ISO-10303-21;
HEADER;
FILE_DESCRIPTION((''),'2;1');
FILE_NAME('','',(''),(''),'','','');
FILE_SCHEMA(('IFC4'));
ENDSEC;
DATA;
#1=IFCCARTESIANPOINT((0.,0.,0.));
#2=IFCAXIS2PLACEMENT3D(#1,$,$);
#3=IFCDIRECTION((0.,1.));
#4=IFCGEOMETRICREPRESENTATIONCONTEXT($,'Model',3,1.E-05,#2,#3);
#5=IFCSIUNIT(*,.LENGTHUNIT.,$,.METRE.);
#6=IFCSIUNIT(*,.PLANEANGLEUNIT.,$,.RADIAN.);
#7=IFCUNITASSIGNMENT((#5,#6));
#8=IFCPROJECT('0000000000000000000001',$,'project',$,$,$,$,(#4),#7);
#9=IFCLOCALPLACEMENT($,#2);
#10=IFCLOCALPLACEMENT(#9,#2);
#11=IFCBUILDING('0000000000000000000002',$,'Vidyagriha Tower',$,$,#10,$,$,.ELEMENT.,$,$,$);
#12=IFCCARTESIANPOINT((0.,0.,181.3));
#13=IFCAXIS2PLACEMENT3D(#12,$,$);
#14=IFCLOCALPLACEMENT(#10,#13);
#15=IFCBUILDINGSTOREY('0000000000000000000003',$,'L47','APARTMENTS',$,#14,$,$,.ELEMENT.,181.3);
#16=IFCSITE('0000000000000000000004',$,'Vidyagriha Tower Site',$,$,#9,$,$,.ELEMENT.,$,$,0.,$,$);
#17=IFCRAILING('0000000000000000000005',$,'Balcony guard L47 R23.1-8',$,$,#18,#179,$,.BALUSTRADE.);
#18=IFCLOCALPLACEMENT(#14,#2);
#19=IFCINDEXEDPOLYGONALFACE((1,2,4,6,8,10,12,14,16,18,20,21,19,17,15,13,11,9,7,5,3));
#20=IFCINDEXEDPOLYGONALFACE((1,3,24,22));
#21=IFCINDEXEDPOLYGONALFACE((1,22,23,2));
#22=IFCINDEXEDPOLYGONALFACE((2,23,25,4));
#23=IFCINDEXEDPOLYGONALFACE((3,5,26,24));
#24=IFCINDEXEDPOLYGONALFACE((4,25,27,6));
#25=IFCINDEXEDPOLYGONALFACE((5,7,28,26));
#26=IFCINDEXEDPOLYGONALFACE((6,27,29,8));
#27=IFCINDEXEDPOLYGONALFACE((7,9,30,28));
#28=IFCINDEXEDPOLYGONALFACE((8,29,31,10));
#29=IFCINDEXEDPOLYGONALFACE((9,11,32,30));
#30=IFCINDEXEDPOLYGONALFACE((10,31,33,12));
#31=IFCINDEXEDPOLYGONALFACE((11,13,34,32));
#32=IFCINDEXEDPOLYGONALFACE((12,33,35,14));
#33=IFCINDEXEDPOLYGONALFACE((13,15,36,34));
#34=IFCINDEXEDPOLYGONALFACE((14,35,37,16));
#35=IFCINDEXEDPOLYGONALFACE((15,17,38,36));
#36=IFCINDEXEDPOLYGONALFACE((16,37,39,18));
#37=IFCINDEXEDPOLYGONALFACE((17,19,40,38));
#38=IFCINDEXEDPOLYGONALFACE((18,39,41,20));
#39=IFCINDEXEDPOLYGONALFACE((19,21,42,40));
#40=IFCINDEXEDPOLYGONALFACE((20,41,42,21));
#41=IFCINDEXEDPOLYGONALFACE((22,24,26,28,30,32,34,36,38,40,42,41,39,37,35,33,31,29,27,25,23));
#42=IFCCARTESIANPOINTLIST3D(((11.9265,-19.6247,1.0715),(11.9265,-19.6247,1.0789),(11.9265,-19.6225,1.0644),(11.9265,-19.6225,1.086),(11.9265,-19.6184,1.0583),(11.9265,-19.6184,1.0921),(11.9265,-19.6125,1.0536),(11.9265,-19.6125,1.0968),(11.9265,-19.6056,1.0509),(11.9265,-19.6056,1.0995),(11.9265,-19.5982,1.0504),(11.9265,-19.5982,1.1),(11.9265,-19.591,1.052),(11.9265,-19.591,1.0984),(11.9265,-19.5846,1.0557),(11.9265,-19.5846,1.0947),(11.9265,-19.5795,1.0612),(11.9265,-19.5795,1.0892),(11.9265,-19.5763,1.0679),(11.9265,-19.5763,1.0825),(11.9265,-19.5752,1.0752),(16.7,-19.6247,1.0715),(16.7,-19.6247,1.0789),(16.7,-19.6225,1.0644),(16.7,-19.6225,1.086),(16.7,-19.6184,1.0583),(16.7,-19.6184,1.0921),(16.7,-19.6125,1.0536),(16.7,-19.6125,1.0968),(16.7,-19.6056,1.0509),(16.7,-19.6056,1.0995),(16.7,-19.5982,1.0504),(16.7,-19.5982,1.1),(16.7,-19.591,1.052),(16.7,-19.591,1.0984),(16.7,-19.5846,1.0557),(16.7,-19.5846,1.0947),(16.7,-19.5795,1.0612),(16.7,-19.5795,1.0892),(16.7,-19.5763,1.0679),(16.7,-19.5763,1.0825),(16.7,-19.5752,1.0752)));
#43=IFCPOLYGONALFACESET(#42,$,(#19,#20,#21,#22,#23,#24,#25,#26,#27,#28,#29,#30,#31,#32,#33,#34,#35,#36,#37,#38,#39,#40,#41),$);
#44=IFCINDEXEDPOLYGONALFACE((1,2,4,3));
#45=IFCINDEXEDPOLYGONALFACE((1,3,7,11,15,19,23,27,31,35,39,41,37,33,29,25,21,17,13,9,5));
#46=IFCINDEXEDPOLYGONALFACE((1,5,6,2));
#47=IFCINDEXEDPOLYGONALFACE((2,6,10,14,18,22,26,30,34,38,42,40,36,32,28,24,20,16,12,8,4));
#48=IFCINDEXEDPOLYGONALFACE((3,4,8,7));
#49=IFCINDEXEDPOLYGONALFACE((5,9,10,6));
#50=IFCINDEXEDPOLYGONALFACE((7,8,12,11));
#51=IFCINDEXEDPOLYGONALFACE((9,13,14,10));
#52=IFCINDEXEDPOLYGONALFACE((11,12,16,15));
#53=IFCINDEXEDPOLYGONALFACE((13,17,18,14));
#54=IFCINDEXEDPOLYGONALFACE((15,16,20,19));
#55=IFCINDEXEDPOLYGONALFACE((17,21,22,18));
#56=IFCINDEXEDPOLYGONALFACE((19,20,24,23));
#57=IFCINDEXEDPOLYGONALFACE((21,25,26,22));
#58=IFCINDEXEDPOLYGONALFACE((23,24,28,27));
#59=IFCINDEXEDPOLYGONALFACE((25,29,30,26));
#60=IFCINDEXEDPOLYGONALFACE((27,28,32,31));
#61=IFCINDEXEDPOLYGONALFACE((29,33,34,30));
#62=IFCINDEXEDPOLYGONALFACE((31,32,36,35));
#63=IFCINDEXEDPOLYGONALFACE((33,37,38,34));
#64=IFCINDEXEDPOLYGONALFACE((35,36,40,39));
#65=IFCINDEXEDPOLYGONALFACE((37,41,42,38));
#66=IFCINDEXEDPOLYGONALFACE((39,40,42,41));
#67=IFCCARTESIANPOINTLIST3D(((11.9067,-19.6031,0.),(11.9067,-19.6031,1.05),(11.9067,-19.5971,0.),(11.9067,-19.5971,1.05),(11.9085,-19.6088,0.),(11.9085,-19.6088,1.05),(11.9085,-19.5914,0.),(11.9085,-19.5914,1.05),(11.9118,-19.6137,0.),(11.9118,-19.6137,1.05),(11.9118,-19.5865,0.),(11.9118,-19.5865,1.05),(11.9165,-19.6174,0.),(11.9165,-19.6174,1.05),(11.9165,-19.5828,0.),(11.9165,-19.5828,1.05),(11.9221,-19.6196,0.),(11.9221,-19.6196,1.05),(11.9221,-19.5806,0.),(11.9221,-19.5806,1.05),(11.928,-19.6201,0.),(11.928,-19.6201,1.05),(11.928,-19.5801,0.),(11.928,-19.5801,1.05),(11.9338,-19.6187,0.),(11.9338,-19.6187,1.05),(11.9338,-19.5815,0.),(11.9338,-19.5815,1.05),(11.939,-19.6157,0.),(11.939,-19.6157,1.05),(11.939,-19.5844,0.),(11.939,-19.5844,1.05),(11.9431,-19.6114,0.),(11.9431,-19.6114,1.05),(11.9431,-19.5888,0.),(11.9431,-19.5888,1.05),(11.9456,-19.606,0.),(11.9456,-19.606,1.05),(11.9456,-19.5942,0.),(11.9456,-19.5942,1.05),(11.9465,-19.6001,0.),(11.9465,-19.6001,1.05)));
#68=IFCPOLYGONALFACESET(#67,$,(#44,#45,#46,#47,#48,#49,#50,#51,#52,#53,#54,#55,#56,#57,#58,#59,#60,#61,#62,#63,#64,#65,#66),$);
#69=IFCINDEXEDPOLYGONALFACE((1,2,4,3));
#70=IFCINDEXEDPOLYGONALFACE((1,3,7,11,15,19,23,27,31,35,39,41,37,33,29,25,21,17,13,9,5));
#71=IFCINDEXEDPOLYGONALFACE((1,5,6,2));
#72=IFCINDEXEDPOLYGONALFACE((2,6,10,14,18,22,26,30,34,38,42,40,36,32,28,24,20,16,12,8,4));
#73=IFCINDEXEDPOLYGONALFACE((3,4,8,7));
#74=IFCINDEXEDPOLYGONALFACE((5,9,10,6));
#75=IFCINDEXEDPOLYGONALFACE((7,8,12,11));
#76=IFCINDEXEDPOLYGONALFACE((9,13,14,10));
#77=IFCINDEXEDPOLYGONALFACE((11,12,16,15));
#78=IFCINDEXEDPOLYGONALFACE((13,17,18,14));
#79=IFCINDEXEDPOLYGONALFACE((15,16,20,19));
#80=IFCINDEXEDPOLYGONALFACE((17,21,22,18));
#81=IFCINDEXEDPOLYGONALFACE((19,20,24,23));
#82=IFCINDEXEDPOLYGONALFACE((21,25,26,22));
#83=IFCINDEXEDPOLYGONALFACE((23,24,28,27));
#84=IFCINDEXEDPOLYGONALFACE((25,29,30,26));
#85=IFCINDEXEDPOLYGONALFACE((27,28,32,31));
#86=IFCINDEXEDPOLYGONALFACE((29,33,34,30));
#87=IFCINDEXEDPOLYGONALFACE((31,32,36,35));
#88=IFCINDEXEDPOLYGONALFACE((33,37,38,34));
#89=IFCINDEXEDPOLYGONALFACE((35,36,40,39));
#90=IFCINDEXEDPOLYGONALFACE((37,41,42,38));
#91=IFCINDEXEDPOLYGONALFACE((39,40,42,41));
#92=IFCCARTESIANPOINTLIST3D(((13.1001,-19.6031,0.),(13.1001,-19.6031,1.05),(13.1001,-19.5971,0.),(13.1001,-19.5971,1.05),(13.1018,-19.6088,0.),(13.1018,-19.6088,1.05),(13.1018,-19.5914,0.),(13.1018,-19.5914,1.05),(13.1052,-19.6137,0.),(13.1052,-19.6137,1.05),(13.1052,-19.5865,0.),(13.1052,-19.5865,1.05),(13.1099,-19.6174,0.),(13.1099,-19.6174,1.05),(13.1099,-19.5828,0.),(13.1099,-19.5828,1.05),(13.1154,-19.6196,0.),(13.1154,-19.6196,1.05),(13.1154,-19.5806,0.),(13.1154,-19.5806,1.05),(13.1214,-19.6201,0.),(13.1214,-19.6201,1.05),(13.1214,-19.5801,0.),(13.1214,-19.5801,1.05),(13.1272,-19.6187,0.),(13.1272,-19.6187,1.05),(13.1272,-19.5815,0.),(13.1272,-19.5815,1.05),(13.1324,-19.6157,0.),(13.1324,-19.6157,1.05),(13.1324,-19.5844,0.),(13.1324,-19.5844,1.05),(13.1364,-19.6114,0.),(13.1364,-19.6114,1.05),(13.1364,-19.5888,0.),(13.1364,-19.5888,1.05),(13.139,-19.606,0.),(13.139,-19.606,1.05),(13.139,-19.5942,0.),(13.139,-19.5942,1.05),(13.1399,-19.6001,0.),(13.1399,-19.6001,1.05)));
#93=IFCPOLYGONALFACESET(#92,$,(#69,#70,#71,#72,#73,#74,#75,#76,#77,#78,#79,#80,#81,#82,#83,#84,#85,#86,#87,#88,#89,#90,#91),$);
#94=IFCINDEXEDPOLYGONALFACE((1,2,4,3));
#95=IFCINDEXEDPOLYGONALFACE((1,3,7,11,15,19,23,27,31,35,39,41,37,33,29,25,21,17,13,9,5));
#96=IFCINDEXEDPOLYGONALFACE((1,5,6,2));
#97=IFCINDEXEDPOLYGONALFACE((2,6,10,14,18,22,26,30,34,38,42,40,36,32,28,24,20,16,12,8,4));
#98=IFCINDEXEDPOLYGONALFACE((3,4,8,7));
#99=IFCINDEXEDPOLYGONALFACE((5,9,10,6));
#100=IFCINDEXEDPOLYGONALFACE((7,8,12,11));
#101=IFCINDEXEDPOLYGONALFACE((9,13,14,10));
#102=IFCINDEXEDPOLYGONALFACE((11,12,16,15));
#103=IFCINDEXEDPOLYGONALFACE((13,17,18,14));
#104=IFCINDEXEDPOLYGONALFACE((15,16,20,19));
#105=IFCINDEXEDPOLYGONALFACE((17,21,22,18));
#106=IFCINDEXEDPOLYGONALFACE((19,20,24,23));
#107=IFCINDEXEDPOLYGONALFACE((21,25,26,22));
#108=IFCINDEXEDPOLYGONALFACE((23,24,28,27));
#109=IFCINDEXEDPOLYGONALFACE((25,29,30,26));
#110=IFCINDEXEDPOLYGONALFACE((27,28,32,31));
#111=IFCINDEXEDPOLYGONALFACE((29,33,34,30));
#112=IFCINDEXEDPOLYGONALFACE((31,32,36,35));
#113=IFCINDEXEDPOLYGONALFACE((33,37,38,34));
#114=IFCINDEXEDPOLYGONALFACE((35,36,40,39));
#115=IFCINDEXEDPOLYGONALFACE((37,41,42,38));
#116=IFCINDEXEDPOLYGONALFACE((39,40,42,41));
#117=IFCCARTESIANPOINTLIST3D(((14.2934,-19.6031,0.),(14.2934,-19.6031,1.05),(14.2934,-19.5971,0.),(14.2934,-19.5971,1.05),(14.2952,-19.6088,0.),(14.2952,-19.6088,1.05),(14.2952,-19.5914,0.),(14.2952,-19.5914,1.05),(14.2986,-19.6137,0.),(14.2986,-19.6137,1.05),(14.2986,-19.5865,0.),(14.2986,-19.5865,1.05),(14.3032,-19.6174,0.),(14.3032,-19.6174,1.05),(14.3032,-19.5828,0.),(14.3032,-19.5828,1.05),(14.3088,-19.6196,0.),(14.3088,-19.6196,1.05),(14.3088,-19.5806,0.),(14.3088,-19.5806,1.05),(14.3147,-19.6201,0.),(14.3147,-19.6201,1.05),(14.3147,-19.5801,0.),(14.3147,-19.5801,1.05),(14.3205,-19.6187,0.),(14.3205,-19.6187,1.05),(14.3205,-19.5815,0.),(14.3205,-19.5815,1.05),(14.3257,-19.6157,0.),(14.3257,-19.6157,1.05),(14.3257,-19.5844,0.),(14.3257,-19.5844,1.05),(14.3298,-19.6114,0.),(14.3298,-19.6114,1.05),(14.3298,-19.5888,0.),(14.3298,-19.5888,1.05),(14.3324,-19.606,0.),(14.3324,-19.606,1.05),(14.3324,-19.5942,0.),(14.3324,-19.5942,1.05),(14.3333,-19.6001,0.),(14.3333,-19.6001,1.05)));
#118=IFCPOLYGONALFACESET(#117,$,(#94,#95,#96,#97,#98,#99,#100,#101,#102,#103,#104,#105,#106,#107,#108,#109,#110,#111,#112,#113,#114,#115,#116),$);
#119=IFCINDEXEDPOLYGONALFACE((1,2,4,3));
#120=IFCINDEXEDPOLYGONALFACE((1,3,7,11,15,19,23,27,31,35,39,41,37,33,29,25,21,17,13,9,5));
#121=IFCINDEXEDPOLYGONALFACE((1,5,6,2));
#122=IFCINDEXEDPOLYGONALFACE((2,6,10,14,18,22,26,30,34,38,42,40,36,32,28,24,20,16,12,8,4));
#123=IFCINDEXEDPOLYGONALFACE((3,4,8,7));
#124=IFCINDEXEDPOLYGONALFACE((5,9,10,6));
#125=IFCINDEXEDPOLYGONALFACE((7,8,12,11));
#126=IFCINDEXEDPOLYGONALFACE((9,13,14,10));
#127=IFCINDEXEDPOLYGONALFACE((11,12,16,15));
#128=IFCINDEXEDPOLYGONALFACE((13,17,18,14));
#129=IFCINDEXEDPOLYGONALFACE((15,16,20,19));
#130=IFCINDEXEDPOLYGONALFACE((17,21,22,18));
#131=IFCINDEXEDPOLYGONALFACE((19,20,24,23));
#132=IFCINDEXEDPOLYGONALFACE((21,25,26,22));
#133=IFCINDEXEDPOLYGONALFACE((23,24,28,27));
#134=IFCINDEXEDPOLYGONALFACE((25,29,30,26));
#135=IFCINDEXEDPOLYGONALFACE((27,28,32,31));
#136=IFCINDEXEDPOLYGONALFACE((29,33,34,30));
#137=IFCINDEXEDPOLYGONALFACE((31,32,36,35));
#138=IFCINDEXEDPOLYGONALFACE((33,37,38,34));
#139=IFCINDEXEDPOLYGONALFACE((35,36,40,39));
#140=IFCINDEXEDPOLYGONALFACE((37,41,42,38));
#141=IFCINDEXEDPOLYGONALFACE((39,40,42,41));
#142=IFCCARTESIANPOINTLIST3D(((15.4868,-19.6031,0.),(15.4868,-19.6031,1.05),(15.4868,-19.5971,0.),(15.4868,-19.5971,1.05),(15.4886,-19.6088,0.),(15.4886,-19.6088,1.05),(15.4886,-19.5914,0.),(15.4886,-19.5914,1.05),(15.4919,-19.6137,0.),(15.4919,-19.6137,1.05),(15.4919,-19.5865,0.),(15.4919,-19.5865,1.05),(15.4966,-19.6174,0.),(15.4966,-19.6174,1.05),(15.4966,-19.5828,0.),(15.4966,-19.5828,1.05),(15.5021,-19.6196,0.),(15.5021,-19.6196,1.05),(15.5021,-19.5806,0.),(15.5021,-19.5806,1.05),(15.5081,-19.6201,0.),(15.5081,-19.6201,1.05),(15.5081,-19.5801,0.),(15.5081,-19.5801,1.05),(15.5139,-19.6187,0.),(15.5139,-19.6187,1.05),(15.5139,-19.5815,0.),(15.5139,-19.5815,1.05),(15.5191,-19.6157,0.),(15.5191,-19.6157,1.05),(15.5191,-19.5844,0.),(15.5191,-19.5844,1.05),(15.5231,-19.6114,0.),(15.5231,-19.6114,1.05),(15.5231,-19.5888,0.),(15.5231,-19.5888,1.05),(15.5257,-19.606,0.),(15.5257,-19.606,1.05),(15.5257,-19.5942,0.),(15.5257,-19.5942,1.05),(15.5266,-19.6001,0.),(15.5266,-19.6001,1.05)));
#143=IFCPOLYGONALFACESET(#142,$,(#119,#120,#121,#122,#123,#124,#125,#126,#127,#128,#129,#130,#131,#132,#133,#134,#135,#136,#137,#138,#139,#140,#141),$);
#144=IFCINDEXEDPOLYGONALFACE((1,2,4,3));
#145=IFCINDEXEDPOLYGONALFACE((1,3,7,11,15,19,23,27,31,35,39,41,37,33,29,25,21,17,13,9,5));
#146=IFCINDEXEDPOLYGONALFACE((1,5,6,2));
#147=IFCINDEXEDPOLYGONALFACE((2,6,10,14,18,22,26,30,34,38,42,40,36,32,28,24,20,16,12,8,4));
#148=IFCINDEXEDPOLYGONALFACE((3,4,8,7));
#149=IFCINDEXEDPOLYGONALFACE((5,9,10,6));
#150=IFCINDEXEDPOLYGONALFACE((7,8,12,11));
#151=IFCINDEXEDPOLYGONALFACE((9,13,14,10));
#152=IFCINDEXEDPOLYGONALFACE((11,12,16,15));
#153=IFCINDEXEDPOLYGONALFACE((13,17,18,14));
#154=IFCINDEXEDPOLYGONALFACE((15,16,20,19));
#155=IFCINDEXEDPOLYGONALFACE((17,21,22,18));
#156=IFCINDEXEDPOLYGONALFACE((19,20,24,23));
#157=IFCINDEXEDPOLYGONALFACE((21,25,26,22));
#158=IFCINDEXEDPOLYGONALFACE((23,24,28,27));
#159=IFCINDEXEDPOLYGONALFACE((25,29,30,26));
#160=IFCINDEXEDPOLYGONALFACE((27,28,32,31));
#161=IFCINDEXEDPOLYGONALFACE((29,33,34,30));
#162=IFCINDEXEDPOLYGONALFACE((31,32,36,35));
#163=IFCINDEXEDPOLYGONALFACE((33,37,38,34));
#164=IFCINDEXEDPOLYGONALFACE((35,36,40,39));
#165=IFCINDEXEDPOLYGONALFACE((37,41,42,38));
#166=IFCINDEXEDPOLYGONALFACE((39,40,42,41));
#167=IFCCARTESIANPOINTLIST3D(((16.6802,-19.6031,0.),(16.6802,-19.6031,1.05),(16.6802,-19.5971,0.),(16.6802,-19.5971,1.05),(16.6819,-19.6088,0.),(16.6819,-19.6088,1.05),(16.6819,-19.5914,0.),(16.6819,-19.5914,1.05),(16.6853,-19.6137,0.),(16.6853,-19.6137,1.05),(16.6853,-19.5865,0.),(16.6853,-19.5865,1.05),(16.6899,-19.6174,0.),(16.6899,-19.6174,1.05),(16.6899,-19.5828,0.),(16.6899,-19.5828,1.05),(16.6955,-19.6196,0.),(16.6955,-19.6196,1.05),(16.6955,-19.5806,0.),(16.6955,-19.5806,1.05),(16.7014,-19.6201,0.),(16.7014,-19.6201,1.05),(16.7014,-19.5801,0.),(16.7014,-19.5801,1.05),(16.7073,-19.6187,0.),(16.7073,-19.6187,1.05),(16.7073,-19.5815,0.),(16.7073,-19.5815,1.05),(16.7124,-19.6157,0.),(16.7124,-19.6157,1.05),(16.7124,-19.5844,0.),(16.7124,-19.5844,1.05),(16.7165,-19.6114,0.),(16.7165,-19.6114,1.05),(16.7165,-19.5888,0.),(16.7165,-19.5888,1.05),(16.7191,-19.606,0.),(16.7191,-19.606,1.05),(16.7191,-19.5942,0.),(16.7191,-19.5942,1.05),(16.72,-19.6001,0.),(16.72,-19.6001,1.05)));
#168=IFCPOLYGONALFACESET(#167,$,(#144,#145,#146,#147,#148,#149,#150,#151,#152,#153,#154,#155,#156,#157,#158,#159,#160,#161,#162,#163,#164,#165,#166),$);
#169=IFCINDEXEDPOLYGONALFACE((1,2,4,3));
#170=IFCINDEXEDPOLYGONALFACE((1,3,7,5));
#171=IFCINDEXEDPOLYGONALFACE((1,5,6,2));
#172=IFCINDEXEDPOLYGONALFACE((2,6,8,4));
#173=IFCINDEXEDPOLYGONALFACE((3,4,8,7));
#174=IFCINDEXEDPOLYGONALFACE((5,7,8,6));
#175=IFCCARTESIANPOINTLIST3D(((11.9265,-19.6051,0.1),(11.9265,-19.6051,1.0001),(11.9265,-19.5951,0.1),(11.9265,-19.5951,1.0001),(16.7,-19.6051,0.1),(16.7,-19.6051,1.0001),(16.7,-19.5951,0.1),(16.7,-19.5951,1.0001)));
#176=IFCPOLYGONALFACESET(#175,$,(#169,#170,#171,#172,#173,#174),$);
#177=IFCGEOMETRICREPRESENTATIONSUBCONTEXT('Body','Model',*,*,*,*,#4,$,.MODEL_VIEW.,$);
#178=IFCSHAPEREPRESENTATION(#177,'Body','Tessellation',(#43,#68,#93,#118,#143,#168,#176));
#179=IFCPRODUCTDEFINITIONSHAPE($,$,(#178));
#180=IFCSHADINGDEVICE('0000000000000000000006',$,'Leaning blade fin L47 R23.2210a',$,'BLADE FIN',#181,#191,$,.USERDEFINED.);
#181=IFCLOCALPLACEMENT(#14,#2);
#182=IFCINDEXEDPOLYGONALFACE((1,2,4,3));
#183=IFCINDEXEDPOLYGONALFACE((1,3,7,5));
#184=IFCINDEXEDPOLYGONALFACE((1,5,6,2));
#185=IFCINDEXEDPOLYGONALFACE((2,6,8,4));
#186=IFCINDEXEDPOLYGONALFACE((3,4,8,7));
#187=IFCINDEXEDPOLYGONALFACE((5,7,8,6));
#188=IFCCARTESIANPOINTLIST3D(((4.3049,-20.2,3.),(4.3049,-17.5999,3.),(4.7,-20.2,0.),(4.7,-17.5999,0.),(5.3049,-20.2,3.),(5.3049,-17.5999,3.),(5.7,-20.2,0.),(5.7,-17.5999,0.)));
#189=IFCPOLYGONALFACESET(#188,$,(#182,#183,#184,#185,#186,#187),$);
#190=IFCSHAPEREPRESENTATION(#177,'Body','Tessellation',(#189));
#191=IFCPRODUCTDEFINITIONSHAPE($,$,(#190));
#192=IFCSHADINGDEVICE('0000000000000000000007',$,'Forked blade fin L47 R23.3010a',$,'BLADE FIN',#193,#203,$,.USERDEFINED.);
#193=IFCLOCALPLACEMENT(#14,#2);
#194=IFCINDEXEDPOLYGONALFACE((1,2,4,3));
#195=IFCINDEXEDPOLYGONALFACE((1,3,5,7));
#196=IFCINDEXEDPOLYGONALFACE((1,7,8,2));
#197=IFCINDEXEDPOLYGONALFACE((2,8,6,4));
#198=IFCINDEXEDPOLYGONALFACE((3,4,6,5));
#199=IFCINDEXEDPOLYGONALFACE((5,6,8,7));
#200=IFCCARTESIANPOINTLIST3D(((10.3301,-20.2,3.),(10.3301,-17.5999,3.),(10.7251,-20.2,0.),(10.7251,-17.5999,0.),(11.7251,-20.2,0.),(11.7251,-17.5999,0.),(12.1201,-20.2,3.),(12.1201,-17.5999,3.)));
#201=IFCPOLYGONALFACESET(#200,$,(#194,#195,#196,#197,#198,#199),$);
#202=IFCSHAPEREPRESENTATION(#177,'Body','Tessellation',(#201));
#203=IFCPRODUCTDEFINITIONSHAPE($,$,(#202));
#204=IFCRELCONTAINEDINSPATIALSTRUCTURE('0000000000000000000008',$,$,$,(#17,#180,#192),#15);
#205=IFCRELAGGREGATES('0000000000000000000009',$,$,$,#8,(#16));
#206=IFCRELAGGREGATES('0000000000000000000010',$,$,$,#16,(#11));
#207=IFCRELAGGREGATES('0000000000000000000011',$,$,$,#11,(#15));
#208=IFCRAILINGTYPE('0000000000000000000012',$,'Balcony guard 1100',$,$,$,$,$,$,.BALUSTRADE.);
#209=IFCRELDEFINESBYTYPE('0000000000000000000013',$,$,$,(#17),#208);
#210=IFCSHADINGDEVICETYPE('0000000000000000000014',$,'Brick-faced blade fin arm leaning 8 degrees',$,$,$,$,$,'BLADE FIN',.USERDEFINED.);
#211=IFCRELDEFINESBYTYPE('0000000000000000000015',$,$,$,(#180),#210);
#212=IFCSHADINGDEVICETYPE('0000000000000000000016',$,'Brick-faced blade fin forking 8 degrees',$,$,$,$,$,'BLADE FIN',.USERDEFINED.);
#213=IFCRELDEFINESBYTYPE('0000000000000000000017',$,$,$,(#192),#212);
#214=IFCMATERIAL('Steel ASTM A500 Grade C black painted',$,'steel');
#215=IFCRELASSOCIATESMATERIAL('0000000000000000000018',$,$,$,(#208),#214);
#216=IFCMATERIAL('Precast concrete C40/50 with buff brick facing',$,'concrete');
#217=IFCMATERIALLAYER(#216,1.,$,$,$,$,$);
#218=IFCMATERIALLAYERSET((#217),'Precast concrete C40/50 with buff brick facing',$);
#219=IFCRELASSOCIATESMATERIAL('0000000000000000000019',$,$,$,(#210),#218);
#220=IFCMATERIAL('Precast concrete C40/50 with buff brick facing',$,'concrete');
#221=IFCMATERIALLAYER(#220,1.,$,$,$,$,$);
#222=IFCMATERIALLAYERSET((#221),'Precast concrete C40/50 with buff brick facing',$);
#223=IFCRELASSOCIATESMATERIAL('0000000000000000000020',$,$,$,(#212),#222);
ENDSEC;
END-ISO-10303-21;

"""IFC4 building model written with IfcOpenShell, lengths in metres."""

from ifc_helpers import new_model, si_unit, direction, frame, origin, origin_2d, place, context, subcontext, project, spatial, polyline, rectangle, circle, outline, extrude, material, layer, layer_set, type_object, element, save


model = new_model("IFC4")

# Units and contexts
model_context = context("Model", 3, precision=1e-05, world=origin(), true_north=direction((0.0, 1.0)))
body_context = subcontext(model_context, "Body", "Model", "MODEL_VIEW")
ifc_project = project(units=[si_unit("LENGTHUNIT", "METRE"), si_unit("PLANEANGLEUNIT", "RADIAN")], contexts=[model_context])

# Site, building, storey
site_placement = place(None, origin())
site = spatial("IfcSite", under=ifc_project, at=site_placement, Name="Vidyagriha Tower Site", CompositionType="ELEMENT", RefElevation=0.0)
building_placement = place(site_placement, origin())
building = spatial("IfcBuilding", under=site, at=building_placement, Name="Vidyagriha Tower", CompositionType="ELEMENT")
storey_placement = place(building_placement, frame((0.0, 0.0, 181.3)))
storey = spatial("IfcBuildingStorey", under=building, at=storey_placement, Name="L47", Description="APARTMENTS", CompositionType="ELEMENT", Elevation=181.3)

# Railing
ifc_material_1 = material(Name="Steel ASTM A500 Grade C black painted", Category="steel")
railing_type = type_object("IfcRailingType", Name="Balcony guard 1100", PredefinedType="BALUSTRADE", material=ifc_material_1)
railing_1_placement = place(storey_placement, frame((11.9265, -19.6001, 0.0)))
element("IfcRailing", 1, at=railing_1_placement, inside=storey, type_object=railing_type, Name="Balcony guard L47 R23.1-8", PredefinedType="BALUSTRADE", context=body_context, shape_type="SweptSolid", body=[
    extrude(circle(Radius=0.0249, at=origin_2d()), frame((0.0, 0.0, 1.0752), z_axis=(1.0, 0.0, 0.0), x_axis=(0.0, 1.0, 0.0)), (0.0, 0.0, 1.0), 4.7734),
    extrude(circle(Radius=0.02, at=origin_2d()), origin(), (0.0, 0.0, 1.0), 1.05),
    extrude(circle(Radius=0.02, at=origin_2d()), frame((1.1934, 0.0, 0.0)), (0.0, 0.0, 1.0), 1.05),
    extrude(circle(Radius=0.02, at=origin_2d()), frame((2.3867, 0.0, 0.0)), (0.0, 0.0, 1.0), 1.05),
    extrude(circle(Radius=0.02, at=origin_2d()), frame((3.5801, 0.0, 0.0)), (0.0, 0.0, 1.0), 1.05),
    extrude(circle(Radius=0.02, at=origin_2d()), frame((4.7734, 0.0, 0.0)), (0.0, 0.0, 1.0), 1.05),
    extrude(rectangle(XDim=0.01, YDim=0.9001, at=origin_2d()), frame((0.0, 0.0, 0.55), z_axis=(1.0, 0.0, 0.0), x_axis=(0.0, 1.0, 0.0)), (0.0, 0.0, 1.0), 4.7734),
])

# Shading devices
ifc_material_2 = material(Name="Precast concrete C40/50 with buff brick facing", Category="concrete")
ifc_layer_1 = layer(ifc_material_2, 1.0)
ifc_layer_set_1 = layer_set([ifc_layer_1], Name="Precast concrete C40/50 with buff brick facing")
shading_device_type_1 = type_object("IfcShadingDeviceType", Name="Brick-faced blade fin arm leaning 8 degrees", ElementType="BLADE FIN", PredefinedType="USERDEFINED", material=ifc_layer_set_1)
shading_device_1_placement = place(storey_placement, frame((4.3049, -18.8999, 0.0)))
element("IfcShadingDevice", 2, at=shading_device_1_placement, inside=storey, type_object=shading_device_type_1, Name="Leaning blade fin L47 R23.2210a", ObjectType="BLADE FIN", PredefinedType="USERDEFINED", context=body_context, shape_type="SweptSolid", body=[
    extrude(outline(polyline([(0.395, 0.0), (1.395, 0.0), (1.0, 3.0), (0.0, 3.0), (0.395, 0.0)])), frame((0.0, 1.3, 0.0), z_axis=(0.0, -1.0, 0.0), x_axis=(1.0, 0.0, 0.0)), (0.0, 0.0, 1.0), 2.6001),
])
ifc_material_3 = material(Name="Precast concrete C40/50 with buff brick facing", Category="concrete")
ifc_layer_2 = layer(ifc_material_3, 1.0)
ifc_layer_set_2 = layer_set([ifc_layer_2], Name="Precast concrete C40/50 with buff brick facing")
shading_device_type_2 = type_object("IfcShadingDeviceType", Name="Brick-faced blade fin forking 8 degrees", ElementType="BLADE FIN", PredefinedType="USERDEFINED", material=ifc_layer_set_2)
shading_device_2_placement = place(storey_placement, frame((10.3301, -18.8999, 0.0)))
element("IfcShadingDevice", 3, at=shading_device_2_placement, inside=storey, type_object=shading_device_type_2, Name="Forked blade fin L47 R23.3010a", ObjectType="BLADE FIN", PredefinedType="USERDEFINED", context=body_context, shape_type="SweptSolid", body=[
    extrude(outline(polyline([(0.395, 0.0), (1.395, 0.0), (1.79, 3.0), (0.0, 3.0), (0.395, 0.0)])), frame((0.0, 1.3, 0.0), z_axis=(0.0, -1.0, 0.0), x_axis=(1.0, 0.0, 0.0)), (0.0, 0.0, 1.0), 2.6001),
])

save(model, "model.ifc")
